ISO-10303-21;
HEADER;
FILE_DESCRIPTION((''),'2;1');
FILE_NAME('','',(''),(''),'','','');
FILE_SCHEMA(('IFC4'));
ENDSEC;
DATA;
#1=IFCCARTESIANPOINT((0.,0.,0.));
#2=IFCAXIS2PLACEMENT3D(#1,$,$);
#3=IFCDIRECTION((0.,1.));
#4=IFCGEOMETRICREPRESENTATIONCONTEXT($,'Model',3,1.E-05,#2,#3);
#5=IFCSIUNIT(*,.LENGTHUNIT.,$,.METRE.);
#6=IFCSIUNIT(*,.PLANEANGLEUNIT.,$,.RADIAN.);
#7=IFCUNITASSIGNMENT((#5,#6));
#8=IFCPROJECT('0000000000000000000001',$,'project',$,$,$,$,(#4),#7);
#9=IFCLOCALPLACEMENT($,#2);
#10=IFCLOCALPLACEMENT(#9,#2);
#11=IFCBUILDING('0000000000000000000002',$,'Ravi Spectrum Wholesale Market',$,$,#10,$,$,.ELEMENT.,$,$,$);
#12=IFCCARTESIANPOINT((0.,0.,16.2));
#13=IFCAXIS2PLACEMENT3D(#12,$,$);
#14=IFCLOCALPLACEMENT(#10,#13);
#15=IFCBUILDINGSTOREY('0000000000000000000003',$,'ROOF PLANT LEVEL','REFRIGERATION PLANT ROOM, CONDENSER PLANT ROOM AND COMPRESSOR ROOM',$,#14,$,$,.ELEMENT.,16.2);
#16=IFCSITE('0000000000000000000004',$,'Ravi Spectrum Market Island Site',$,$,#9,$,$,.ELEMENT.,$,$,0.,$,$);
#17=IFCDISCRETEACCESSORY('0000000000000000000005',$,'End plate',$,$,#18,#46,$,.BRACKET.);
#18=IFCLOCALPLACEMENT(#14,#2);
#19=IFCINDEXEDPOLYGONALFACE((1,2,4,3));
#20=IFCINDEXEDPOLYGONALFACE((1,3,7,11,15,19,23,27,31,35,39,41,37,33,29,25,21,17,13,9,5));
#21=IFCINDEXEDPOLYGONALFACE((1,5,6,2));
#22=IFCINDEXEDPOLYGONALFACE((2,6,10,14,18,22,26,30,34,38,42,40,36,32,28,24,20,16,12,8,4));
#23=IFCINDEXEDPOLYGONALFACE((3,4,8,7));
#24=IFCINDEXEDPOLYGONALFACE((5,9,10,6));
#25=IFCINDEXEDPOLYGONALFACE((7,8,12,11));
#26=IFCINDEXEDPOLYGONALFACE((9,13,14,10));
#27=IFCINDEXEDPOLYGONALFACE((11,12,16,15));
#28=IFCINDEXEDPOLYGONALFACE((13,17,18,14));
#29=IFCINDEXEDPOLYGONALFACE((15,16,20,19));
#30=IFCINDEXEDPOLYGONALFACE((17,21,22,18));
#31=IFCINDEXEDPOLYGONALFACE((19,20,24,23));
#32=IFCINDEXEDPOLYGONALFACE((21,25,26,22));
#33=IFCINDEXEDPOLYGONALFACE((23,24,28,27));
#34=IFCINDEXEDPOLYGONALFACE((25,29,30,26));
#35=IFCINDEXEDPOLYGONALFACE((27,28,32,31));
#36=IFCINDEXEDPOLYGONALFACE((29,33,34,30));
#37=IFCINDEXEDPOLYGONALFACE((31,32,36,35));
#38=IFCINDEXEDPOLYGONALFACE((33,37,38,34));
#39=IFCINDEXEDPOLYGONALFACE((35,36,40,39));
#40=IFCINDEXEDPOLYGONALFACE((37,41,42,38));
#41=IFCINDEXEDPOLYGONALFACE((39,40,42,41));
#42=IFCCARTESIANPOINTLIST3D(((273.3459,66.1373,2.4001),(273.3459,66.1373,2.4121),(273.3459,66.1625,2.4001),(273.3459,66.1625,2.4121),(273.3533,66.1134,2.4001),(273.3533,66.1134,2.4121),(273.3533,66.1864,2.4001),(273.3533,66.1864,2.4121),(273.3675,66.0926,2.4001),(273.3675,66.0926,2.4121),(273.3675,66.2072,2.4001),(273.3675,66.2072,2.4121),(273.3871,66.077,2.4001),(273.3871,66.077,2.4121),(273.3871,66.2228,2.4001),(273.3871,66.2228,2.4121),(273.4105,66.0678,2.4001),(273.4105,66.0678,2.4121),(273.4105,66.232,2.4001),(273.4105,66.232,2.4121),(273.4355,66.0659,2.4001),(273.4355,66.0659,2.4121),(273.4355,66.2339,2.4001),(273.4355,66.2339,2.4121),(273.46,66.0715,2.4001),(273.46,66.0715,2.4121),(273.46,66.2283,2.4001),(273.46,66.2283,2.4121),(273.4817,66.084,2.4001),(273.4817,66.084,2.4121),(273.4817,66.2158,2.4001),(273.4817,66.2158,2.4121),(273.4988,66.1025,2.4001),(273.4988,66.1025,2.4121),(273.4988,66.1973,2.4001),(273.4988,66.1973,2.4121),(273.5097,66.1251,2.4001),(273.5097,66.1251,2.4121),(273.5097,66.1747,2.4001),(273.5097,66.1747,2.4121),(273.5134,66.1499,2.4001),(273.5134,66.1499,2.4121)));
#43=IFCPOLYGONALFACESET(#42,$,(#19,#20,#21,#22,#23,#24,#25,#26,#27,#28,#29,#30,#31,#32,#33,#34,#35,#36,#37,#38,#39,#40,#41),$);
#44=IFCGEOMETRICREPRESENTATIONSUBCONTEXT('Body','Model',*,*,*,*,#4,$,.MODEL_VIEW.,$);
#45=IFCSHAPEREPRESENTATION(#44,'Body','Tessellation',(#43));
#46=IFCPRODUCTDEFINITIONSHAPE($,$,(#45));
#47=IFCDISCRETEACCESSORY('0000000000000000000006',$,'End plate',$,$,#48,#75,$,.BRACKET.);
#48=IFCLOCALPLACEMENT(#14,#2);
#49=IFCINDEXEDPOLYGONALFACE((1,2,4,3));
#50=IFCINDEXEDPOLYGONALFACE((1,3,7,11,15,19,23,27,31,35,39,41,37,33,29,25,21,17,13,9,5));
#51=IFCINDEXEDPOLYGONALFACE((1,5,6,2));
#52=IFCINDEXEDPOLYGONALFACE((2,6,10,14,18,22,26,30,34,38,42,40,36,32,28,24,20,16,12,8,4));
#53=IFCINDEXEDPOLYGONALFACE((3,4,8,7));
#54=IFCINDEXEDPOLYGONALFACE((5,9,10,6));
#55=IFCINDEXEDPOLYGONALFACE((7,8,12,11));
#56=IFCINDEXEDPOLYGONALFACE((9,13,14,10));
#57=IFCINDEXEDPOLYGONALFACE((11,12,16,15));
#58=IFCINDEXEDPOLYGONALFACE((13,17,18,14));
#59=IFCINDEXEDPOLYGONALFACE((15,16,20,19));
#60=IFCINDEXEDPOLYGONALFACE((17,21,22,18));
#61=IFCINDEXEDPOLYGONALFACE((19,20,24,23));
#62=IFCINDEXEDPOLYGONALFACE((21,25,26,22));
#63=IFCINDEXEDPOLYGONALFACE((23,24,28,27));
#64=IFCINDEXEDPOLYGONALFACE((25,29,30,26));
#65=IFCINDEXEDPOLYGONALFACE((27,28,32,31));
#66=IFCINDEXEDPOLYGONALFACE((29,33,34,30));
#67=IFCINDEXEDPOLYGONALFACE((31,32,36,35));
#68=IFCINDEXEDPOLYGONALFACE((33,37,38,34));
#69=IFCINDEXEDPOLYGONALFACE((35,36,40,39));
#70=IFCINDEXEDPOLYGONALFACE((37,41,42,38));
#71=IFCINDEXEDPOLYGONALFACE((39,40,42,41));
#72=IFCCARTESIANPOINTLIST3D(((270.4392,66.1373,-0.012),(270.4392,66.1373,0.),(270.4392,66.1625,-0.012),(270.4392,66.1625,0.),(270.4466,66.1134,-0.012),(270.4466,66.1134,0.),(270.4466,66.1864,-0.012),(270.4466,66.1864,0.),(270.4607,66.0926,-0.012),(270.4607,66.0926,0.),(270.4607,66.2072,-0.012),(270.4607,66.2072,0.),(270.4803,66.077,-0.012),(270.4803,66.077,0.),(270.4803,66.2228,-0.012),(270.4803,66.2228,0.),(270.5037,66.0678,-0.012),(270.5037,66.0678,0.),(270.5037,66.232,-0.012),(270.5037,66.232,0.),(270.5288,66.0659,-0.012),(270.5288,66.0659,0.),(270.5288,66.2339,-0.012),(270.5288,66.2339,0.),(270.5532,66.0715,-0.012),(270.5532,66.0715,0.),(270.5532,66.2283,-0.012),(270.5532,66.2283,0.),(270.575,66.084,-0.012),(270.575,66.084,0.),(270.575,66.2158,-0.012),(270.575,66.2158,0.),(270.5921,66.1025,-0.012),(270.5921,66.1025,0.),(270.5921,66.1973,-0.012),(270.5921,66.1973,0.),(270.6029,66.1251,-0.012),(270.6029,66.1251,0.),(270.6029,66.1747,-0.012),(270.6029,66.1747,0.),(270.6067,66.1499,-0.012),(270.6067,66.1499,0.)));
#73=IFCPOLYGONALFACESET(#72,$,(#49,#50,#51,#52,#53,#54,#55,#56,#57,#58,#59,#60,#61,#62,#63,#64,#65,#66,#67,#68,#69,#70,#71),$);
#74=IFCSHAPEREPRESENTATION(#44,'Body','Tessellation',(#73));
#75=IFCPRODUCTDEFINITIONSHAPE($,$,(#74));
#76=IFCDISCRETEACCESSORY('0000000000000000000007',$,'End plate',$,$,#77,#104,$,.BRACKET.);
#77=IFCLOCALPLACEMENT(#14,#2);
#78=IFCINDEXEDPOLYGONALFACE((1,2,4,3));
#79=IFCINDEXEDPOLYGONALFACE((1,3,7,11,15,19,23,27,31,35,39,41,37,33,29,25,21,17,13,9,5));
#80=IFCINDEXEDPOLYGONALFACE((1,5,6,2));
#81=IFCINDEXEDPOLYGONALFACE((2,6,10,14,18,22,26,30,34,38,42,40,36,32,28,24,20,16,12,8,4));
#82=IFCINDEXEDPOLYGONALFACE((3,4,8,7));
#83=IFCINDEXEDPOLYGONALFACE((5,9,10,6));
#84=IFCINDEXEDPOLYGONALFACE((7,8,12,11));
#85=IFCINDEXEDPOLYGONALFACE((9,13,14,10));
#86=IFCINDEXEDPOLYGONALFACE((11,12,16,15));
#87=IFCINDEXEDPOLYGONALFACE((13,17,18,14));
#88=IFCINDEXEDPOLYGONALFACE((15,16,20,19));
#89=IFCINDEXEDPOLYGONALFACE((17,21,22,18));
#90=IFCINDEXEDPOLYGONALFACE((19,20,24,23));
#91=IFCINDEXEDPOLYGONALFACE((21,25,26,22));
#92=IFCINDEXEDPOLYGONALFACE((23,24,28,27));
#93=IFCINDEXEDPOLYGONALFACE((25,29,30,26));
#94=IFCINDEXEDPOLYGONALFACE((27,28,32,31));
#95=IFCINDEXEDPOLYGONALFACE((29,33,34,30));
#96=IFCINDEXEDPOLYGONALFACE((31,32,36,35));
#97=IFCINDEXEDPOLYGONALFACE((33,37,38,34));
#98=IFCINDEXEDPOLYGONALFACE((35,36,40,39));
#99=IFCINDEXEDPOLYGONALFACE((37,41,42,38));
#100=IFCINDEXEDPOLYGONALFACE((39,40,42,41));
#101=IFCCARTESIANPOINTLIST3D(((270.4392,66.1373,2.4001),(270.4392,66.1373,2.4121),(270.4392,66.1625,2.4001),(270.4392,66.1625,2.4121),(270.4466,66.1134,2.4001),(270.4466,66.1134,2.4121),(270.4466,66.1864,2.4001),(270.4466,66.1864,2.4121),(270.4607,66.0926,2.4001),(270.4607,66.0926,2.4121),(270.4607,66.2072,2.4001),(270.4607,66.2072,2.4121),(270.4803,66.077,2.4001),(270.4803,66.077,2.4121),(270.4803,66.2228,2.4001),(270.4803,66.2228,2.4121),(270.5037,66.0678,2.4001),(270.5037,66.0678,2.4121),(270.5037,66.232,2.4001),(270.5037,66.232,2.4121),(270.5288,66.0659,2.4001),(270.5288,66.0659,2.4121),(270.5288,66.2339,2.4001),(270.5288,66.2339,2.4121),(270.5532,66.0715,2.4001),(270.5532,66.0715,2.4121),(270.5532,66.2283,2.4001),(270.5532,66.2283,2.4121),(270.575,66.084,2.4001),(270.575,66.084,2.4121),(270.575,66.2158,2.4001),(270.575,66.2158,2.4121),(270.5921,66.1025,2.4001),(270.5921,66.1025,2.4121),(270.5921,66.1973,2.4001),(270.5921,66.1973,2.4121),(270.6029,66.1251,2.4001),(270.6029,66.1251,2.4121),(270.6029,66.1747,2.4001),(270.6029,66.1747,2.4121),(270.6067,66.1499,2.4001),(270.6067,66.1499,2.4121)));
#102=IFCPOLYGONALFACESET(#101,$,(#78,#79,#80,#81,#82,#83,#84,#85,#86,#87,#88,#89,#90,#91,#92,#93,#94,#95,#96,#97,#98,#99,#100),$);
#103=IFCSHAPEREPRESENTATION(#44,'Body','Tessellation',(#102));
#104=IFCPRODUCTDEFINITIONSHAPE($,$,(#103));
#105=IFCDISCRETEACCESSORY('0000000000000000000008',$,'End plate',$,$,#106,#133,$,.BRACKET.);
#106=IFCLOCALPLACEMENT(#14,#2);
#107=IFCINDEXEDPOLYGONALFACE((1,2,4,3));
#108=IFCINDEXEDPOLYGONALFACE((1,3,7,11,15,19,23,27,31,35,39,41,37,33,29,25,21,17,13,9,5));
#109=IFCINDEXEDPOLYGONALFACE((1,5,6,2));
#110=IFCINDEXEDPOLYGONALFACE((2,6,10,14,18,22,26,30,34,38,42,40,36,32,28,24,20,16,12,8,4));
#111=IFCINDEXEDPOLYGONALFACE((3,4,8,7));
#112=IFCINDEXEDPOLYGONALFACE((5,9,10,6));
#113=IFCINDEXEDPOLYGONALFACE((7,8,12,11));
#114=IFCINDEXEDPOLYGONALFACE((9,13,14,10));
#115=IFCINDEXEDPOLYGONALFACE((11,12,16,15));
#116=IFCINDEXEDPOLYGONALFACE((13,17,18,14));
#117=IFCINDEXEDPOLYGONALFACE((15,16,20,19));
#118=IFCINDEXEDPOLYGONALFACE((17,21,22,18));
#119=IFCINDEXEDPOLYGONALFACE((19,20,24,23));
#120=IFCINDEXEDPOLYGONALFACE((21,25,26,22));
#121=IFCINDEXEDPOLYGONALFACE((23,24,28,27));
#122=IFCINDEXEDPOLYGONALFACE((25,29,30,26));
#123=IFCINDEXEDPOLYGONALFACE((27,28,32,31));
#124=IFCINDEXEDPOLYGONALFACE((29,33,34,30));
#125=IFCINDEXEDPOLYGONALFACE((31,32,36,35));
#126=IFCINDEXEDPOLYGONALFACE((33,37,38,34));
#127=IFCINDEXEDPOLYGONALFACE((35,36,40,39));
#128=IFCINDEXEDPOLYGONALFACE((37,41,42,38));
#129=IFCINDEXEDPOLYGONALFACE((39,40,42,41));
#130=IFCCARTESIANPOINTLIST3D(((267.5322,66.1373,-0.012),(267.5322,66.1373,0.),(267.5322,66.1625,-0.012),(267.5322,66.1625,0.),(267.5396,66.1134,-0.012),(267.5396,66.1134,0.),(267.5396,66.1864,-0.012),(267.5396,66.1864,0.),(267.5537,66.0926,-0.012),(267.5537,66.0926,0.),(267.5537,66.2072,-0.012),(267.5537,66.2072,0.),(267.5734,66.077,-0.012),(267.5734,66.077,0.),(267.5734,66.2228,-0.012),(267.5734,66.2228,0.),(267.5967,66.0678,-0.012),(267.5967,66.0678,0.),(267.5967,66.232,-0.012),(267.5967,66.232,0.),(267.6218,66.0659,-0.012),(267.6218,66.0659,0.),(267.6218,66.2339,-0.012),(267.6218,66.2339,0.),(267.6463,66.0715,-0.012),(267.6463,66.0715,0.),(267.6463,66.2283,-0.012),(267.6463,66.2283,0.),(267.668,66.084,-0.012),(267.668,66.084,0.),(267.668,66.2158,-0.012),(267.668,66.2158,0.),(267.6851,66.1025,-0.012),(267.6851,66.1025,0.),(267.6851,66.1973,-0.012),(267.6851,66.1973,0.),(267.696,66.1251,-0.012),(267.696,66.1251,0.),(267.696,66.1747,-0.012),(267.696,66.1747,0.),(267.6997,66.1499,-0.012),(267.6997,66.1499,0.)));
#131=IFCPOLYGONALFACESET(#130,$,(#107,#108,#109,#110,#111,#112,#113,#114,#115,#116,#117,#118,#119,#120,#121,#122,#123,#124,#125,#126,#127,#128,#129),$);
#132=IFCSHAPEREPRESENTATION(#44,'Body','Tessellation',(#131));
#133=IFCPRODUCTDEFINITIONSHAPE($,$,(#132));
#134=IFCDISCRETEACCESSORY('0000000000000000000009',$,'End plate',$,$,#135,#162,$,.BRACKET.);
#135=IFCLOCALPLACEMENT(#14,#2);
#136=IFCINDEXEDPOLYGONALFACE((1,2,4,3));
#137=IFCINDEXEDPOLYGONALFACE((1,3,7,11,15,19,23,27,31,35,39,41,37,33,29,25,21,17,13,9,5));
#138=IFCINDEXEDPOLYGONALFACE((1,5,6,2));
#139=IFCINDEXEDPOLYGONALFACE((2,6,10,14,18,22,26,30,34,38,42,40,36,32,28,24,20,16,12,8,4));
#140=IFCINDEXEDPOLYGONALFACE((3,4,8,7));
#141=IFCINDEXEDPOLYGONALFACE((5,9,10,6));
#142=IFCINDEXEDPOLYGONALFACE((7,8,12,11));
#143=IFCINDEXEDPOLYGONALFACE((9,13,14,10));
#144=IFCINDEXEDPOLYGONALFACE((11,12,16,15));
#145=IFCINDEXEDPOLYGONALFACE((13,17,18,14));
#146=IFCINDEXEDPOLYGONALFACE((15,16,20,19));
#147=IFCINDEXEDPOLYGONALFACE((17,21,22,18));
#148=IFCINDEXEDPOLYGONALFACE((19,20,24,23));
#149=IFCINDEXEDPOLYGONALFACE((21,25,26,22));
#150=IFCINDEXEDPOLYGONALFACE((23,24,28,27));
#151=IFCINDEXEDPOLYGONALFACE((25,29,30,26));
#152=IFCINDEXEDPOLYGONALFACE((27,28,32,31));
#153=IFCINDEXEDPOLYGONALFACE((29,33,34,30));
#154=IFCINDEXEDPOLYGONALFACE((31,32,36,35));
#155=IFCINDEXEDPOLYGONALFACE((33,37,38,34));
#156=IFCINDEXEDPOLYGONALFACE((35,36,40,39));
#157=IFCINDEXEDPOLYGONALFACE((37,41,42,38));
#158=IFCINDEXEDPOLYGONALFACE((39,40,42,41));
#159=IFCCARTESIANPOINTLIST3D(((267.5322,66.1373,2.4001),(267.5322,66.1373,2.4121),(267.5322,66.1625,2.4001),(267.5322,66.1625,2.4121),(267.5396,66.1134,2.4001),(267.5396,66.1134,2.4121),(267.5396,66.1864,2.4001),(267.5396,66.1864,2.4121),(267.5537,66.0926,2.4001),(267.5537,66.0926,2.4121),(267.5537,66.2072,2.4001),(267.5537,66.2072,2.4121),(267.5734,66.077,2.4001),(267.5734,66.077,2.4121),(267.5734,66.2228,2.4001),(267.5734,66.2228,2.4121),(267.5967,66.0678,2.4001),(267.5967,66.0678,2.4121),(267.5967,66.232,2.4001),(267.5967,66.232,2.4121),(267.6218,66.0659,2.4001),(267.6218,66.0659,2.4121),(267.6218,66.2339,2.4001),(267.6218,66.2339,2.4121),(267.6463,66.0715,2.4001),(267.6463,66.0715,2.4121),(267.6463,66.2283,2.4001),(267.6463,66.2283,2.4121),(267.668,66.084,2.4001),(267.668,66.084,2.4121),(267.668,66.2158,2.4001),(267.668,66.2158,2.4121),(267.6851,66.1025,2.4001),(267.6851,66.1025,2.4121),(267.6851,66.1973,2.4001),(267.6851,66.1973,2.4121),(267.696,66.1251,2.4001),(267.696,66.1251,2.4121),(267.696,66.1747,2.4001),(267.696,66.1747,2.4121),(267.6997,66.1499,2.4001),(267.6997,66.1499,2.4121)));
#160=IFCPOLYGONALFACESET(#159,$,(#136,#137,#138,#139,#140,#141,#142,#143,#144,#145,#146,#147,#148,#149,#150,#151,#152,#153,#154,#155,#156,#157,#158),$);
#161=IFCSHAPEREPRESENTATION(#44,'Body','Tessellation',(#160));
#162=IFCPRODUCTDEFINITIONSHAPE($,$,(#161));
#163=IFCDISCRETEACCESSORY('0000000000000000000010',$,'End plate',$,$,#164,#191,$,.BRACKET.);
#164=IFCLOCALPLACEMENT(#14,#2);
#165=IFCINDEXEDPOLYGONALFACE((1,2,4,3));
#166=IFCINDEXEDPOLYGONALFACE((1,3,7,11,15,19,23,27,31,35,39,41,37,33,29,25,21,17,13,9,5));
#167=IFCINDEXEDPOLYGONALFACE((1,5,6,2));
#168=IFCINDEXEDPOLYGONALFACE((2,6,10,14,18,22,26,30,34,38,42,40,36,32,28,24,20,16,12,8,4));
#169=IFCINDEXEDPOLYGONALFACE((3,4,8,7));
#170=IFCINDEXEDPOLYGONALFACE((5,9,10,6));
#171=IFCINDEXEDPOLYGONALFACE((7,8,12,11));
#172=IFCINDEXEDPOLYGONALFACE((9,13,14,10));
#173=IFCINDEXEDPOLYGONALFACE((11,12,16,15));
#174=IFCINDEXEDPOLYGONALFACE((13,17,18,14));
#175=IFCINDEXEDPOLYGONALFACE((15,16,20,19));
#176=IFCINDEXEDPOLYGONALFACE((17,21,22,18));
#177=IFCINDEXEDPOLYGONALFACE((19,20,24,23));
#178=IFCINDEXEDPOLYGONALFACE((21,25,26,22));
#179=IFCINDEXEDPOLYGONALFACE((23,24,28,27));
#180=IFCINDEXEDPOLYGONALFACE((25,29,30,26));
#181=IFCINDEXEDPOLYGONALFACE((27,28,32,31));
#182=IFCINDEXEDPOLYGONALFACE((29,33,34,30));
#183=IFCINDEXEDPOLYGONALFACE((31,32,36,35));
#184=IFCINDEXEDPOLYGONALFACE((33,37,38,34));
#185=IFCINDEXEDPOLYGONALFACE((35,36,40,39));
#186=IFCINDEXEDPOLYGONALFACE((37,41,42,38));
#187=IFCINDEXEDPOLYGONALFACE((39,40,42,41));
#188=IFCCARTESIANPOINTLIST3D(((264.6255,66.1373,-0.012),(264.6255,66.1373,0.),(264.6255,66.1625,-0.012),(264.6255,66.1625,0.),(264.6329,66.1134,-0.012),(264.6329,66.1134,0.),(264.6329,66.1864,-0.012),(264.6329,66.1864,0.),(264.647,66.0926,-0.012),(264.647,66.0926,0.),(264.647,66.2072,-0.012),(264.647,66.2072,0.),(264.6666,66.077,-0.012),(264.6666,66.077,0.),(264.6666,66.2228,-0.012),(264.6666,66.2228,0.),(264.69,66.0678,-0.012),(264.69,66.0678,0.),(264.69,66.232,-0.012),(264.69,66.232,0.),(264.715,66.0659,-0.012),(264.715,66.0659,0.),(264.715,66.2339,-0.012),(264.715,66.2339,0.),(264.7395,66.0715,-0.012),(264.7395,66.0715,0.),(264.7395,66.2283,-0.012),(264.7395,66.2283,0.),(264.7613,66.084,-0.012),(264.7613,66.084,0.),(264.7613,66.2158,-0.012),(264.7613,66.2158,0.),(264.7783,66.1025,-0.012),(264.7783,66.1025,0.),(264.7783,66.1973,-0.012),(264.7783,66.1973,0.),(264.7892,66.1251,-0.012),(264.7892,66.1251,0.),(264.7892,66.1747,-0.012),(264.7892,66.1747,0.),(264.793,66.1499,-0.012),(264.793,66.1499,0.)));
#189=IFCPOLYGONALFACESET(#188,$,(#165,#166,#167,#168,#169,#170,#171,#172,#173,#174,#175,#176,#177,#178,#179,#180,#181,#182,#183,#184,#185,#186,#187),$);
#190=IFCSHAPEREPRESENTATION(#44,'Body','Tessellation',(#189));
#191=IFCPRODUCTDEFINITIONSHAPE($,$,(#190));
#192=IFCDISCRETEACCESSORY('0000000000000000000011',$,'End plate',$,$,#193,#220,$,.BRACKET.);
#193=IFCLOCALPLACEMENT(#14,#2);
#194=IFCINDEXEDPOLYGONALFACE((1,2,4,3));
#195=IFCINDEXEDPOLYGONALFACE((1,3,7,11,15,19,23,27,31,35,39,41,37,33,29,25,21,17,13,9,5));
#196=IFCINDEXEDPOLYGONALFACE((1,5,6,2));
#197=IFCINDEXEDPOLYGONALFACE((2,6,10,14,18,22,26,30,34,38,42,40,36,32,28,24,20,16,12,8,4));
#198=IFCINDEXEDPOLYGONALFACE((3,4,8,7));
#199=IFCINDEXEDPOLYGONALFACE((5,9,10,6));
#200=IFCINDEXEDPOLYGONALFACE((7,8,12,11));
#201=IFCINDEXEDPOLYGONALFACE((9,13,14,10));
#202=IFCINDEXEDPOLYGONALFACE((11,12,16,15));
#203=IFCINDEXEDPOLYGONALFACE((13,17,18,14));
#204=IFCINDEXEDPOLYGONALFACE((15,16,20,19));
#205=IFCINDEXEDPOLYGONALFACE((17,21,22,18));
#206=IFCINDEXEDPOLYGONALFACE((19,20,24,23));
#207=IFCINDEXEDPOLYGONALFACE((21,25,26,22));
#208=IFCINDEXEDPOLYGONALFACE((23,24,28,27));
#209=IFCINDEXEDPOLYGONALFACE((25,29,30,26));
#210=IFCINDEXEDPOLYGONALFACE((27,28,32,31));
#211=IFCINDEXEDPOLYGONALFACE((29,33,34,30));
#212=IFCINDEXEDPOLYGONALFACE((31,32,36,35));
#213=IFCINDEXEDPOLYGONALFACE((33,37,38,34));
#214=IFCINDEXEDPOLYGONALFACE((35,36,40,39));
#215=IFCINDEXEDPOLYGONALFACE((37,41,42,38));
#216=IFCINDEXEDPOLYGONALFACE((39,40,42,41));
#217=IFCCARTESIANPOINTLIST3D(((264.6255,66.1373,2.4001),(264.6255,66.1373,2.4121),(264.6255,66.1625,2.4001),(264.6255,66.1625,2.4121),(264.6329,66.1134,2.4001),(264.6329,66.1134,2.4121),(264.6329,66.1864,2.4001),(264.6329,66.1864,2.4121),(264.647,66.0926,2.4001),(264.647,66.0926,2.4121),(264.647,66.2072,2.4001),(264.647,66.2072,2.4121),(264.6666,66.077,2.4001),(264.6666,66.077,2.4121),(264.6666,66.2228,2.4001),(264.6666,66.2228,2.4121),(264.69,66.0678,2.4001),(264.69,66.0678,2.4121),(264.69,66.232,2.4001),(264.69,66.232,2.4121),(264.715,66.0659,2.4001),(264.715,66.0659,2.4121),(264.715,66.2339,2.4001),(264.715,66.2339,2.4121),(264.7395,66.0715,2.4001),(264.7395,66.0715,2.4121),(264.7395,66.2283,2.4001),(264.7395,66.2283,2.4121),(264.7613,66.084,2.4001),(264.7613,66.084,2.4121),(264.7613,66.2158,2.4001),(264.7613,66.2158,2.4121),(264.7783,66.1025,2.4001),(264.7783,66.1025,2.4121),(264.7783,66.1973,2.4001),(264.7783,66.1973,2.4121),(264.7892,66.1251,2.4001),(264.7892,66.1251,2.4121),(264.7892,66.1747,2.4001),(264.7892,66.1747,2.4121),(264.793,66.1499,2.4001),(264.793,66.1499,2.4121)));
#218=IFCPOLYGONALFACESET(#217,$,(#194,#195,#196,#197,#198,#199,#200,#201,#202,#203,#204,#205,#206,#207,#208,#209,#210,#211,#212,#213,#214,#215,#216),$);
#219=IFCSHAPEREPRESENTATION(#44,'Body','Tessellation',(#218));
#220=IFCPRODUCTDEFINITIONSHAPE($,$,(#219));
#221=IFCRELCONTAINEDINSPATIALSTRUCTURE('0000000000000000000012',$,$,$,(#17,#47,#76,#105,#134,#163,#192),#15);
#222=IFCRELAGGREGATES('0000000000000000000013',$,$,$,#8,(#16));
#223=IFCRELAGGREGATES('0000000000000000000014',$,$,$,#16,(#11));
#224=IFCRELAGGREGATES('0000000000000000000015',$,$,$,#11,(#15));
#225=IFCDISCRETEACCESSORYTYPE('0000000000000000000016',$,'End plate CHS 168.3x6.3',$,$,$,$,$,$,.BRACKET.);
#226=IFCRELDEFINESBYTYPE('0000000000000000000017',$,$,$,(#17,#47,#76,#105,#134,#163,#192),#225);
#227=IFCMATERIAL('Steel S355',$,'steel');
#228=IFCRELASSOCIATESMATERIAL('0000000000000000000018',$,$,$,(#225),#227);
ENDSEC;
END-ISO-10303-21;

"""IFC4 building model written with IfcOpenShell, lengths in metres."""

from ifc_helpers import new_model, si_unit, direction, frame, origin, origin_2d, place, context, subcontext, project, spatial, circle, extrude, material, material_profile, profile_set, type_object, element, save


model = new_model("IFC4")

# Units and contexts
model_context = context("Model", 3, precision=1e-05, world=origin(), true_north=direction((0.0, 1.0)))
body_context = subcontext(model_context, "Body", "Model", "MODEL_VIEW")
ifc_project = project(units=[si_unit("LENGTHUNIT", "METRE"), si_unit("PLANEANGLEUNIT", "RADIAN")], contexts=[model_context])

# Site, building, storey
site_placement = place(None, origin())
site = spatial("IfcSite", under=ifc_project, at=site_placement, Name="Ravi Spectrum Market Island Site", CompositionType="ELEMENT", RefElevation=0.0)
building_placement = place(site_placement, origin())
building = spatial("IfcBuilding", under=site, at=building_placement, Name="Ravi Spectrum Wholesale Market", CompositionType="ELEMENT")
storey_placement = place(building_placement, frame((0.0, 0.0, 16.2)))
storey = spatial("IfcBuildingStorey", under=building, at=storey_placement, Name="ROOF PLANT LEVEL", Description="REFRIGERATION PLANT ROOM, CONDENSER PLANT ROOM AND COMPRESSOR ROOM", CompositionType="ELEMENT", Elevation=16.2)

# Discrete accessories
ifc_material_1 = material(Name="Steel S355", Category="steel")
ifc_material_profile_1 = material_profile(ifc_material_1, circle(Radius=0.0842, at=origin_2d()))
ifc_profile_set_1 = profile_set([ifc_material_profile_1], Name="Steel S355")
discrete_accessory_type = type_object("IfcDiscreteAccessoryType", Name="End plate CHS 168.3x6.3", PredefinedType="BRACKET", material=ifc_profile_set_1)
for number, where, z_axis, x_axis, name in (
    (1, (273.4292, 66.1499, 2.4001), (0.0, 0.0, 1.0), (1.0, 0.0, 0.0), "End plate"),
    (2, (270.5225, 66.1499, 0.0), (0.0, 0.0, -1.0), (1.0, 0.0, 0.0), "End plate"),
    (3, (270.5225, 66.1499, 2.4001), (0.0, 0.0, 1.0), (1.0, 0.0, 0.0), "End plate"),
    (4, (267.6155, 66.1499, 0.0), (0.0, 0.0, -1.0), (1.0, 0.0, 0.0), "End plate"),
    (5, (267.6155, 66.1499, 2.4001), (0.0, 0.0, 1.0), (1.0, 0.0, 0.0), "End plate"),
    (6, (264.7087, 66.1499, 0.0), (0.0, 0.0, -1.0), (1.0, 0.0, 0.0), "End plate"),
    (7, (264.7087, 66.1499, 2.4001), (0.0, 0.0, 1.0), (1.0, 0.0, 0.0), "End plate"),
):
    element("IfcDiscreteAccessory", number, at=place(storey_placement, frame(where, z_axis=z_axis, x_axis=x_axis)), inside=storey, type_object=discrete_accessory_type, Name=name, PredefinedType="BRACKET", context=body_context, shape_type="SweptSolid", body=[
        extrude(circle(Radius=0.0842, at=origin_2d()), origin(), (0.0, 0.0, 1.0), 0.012),
    ])

save(model, "model.ifc")
